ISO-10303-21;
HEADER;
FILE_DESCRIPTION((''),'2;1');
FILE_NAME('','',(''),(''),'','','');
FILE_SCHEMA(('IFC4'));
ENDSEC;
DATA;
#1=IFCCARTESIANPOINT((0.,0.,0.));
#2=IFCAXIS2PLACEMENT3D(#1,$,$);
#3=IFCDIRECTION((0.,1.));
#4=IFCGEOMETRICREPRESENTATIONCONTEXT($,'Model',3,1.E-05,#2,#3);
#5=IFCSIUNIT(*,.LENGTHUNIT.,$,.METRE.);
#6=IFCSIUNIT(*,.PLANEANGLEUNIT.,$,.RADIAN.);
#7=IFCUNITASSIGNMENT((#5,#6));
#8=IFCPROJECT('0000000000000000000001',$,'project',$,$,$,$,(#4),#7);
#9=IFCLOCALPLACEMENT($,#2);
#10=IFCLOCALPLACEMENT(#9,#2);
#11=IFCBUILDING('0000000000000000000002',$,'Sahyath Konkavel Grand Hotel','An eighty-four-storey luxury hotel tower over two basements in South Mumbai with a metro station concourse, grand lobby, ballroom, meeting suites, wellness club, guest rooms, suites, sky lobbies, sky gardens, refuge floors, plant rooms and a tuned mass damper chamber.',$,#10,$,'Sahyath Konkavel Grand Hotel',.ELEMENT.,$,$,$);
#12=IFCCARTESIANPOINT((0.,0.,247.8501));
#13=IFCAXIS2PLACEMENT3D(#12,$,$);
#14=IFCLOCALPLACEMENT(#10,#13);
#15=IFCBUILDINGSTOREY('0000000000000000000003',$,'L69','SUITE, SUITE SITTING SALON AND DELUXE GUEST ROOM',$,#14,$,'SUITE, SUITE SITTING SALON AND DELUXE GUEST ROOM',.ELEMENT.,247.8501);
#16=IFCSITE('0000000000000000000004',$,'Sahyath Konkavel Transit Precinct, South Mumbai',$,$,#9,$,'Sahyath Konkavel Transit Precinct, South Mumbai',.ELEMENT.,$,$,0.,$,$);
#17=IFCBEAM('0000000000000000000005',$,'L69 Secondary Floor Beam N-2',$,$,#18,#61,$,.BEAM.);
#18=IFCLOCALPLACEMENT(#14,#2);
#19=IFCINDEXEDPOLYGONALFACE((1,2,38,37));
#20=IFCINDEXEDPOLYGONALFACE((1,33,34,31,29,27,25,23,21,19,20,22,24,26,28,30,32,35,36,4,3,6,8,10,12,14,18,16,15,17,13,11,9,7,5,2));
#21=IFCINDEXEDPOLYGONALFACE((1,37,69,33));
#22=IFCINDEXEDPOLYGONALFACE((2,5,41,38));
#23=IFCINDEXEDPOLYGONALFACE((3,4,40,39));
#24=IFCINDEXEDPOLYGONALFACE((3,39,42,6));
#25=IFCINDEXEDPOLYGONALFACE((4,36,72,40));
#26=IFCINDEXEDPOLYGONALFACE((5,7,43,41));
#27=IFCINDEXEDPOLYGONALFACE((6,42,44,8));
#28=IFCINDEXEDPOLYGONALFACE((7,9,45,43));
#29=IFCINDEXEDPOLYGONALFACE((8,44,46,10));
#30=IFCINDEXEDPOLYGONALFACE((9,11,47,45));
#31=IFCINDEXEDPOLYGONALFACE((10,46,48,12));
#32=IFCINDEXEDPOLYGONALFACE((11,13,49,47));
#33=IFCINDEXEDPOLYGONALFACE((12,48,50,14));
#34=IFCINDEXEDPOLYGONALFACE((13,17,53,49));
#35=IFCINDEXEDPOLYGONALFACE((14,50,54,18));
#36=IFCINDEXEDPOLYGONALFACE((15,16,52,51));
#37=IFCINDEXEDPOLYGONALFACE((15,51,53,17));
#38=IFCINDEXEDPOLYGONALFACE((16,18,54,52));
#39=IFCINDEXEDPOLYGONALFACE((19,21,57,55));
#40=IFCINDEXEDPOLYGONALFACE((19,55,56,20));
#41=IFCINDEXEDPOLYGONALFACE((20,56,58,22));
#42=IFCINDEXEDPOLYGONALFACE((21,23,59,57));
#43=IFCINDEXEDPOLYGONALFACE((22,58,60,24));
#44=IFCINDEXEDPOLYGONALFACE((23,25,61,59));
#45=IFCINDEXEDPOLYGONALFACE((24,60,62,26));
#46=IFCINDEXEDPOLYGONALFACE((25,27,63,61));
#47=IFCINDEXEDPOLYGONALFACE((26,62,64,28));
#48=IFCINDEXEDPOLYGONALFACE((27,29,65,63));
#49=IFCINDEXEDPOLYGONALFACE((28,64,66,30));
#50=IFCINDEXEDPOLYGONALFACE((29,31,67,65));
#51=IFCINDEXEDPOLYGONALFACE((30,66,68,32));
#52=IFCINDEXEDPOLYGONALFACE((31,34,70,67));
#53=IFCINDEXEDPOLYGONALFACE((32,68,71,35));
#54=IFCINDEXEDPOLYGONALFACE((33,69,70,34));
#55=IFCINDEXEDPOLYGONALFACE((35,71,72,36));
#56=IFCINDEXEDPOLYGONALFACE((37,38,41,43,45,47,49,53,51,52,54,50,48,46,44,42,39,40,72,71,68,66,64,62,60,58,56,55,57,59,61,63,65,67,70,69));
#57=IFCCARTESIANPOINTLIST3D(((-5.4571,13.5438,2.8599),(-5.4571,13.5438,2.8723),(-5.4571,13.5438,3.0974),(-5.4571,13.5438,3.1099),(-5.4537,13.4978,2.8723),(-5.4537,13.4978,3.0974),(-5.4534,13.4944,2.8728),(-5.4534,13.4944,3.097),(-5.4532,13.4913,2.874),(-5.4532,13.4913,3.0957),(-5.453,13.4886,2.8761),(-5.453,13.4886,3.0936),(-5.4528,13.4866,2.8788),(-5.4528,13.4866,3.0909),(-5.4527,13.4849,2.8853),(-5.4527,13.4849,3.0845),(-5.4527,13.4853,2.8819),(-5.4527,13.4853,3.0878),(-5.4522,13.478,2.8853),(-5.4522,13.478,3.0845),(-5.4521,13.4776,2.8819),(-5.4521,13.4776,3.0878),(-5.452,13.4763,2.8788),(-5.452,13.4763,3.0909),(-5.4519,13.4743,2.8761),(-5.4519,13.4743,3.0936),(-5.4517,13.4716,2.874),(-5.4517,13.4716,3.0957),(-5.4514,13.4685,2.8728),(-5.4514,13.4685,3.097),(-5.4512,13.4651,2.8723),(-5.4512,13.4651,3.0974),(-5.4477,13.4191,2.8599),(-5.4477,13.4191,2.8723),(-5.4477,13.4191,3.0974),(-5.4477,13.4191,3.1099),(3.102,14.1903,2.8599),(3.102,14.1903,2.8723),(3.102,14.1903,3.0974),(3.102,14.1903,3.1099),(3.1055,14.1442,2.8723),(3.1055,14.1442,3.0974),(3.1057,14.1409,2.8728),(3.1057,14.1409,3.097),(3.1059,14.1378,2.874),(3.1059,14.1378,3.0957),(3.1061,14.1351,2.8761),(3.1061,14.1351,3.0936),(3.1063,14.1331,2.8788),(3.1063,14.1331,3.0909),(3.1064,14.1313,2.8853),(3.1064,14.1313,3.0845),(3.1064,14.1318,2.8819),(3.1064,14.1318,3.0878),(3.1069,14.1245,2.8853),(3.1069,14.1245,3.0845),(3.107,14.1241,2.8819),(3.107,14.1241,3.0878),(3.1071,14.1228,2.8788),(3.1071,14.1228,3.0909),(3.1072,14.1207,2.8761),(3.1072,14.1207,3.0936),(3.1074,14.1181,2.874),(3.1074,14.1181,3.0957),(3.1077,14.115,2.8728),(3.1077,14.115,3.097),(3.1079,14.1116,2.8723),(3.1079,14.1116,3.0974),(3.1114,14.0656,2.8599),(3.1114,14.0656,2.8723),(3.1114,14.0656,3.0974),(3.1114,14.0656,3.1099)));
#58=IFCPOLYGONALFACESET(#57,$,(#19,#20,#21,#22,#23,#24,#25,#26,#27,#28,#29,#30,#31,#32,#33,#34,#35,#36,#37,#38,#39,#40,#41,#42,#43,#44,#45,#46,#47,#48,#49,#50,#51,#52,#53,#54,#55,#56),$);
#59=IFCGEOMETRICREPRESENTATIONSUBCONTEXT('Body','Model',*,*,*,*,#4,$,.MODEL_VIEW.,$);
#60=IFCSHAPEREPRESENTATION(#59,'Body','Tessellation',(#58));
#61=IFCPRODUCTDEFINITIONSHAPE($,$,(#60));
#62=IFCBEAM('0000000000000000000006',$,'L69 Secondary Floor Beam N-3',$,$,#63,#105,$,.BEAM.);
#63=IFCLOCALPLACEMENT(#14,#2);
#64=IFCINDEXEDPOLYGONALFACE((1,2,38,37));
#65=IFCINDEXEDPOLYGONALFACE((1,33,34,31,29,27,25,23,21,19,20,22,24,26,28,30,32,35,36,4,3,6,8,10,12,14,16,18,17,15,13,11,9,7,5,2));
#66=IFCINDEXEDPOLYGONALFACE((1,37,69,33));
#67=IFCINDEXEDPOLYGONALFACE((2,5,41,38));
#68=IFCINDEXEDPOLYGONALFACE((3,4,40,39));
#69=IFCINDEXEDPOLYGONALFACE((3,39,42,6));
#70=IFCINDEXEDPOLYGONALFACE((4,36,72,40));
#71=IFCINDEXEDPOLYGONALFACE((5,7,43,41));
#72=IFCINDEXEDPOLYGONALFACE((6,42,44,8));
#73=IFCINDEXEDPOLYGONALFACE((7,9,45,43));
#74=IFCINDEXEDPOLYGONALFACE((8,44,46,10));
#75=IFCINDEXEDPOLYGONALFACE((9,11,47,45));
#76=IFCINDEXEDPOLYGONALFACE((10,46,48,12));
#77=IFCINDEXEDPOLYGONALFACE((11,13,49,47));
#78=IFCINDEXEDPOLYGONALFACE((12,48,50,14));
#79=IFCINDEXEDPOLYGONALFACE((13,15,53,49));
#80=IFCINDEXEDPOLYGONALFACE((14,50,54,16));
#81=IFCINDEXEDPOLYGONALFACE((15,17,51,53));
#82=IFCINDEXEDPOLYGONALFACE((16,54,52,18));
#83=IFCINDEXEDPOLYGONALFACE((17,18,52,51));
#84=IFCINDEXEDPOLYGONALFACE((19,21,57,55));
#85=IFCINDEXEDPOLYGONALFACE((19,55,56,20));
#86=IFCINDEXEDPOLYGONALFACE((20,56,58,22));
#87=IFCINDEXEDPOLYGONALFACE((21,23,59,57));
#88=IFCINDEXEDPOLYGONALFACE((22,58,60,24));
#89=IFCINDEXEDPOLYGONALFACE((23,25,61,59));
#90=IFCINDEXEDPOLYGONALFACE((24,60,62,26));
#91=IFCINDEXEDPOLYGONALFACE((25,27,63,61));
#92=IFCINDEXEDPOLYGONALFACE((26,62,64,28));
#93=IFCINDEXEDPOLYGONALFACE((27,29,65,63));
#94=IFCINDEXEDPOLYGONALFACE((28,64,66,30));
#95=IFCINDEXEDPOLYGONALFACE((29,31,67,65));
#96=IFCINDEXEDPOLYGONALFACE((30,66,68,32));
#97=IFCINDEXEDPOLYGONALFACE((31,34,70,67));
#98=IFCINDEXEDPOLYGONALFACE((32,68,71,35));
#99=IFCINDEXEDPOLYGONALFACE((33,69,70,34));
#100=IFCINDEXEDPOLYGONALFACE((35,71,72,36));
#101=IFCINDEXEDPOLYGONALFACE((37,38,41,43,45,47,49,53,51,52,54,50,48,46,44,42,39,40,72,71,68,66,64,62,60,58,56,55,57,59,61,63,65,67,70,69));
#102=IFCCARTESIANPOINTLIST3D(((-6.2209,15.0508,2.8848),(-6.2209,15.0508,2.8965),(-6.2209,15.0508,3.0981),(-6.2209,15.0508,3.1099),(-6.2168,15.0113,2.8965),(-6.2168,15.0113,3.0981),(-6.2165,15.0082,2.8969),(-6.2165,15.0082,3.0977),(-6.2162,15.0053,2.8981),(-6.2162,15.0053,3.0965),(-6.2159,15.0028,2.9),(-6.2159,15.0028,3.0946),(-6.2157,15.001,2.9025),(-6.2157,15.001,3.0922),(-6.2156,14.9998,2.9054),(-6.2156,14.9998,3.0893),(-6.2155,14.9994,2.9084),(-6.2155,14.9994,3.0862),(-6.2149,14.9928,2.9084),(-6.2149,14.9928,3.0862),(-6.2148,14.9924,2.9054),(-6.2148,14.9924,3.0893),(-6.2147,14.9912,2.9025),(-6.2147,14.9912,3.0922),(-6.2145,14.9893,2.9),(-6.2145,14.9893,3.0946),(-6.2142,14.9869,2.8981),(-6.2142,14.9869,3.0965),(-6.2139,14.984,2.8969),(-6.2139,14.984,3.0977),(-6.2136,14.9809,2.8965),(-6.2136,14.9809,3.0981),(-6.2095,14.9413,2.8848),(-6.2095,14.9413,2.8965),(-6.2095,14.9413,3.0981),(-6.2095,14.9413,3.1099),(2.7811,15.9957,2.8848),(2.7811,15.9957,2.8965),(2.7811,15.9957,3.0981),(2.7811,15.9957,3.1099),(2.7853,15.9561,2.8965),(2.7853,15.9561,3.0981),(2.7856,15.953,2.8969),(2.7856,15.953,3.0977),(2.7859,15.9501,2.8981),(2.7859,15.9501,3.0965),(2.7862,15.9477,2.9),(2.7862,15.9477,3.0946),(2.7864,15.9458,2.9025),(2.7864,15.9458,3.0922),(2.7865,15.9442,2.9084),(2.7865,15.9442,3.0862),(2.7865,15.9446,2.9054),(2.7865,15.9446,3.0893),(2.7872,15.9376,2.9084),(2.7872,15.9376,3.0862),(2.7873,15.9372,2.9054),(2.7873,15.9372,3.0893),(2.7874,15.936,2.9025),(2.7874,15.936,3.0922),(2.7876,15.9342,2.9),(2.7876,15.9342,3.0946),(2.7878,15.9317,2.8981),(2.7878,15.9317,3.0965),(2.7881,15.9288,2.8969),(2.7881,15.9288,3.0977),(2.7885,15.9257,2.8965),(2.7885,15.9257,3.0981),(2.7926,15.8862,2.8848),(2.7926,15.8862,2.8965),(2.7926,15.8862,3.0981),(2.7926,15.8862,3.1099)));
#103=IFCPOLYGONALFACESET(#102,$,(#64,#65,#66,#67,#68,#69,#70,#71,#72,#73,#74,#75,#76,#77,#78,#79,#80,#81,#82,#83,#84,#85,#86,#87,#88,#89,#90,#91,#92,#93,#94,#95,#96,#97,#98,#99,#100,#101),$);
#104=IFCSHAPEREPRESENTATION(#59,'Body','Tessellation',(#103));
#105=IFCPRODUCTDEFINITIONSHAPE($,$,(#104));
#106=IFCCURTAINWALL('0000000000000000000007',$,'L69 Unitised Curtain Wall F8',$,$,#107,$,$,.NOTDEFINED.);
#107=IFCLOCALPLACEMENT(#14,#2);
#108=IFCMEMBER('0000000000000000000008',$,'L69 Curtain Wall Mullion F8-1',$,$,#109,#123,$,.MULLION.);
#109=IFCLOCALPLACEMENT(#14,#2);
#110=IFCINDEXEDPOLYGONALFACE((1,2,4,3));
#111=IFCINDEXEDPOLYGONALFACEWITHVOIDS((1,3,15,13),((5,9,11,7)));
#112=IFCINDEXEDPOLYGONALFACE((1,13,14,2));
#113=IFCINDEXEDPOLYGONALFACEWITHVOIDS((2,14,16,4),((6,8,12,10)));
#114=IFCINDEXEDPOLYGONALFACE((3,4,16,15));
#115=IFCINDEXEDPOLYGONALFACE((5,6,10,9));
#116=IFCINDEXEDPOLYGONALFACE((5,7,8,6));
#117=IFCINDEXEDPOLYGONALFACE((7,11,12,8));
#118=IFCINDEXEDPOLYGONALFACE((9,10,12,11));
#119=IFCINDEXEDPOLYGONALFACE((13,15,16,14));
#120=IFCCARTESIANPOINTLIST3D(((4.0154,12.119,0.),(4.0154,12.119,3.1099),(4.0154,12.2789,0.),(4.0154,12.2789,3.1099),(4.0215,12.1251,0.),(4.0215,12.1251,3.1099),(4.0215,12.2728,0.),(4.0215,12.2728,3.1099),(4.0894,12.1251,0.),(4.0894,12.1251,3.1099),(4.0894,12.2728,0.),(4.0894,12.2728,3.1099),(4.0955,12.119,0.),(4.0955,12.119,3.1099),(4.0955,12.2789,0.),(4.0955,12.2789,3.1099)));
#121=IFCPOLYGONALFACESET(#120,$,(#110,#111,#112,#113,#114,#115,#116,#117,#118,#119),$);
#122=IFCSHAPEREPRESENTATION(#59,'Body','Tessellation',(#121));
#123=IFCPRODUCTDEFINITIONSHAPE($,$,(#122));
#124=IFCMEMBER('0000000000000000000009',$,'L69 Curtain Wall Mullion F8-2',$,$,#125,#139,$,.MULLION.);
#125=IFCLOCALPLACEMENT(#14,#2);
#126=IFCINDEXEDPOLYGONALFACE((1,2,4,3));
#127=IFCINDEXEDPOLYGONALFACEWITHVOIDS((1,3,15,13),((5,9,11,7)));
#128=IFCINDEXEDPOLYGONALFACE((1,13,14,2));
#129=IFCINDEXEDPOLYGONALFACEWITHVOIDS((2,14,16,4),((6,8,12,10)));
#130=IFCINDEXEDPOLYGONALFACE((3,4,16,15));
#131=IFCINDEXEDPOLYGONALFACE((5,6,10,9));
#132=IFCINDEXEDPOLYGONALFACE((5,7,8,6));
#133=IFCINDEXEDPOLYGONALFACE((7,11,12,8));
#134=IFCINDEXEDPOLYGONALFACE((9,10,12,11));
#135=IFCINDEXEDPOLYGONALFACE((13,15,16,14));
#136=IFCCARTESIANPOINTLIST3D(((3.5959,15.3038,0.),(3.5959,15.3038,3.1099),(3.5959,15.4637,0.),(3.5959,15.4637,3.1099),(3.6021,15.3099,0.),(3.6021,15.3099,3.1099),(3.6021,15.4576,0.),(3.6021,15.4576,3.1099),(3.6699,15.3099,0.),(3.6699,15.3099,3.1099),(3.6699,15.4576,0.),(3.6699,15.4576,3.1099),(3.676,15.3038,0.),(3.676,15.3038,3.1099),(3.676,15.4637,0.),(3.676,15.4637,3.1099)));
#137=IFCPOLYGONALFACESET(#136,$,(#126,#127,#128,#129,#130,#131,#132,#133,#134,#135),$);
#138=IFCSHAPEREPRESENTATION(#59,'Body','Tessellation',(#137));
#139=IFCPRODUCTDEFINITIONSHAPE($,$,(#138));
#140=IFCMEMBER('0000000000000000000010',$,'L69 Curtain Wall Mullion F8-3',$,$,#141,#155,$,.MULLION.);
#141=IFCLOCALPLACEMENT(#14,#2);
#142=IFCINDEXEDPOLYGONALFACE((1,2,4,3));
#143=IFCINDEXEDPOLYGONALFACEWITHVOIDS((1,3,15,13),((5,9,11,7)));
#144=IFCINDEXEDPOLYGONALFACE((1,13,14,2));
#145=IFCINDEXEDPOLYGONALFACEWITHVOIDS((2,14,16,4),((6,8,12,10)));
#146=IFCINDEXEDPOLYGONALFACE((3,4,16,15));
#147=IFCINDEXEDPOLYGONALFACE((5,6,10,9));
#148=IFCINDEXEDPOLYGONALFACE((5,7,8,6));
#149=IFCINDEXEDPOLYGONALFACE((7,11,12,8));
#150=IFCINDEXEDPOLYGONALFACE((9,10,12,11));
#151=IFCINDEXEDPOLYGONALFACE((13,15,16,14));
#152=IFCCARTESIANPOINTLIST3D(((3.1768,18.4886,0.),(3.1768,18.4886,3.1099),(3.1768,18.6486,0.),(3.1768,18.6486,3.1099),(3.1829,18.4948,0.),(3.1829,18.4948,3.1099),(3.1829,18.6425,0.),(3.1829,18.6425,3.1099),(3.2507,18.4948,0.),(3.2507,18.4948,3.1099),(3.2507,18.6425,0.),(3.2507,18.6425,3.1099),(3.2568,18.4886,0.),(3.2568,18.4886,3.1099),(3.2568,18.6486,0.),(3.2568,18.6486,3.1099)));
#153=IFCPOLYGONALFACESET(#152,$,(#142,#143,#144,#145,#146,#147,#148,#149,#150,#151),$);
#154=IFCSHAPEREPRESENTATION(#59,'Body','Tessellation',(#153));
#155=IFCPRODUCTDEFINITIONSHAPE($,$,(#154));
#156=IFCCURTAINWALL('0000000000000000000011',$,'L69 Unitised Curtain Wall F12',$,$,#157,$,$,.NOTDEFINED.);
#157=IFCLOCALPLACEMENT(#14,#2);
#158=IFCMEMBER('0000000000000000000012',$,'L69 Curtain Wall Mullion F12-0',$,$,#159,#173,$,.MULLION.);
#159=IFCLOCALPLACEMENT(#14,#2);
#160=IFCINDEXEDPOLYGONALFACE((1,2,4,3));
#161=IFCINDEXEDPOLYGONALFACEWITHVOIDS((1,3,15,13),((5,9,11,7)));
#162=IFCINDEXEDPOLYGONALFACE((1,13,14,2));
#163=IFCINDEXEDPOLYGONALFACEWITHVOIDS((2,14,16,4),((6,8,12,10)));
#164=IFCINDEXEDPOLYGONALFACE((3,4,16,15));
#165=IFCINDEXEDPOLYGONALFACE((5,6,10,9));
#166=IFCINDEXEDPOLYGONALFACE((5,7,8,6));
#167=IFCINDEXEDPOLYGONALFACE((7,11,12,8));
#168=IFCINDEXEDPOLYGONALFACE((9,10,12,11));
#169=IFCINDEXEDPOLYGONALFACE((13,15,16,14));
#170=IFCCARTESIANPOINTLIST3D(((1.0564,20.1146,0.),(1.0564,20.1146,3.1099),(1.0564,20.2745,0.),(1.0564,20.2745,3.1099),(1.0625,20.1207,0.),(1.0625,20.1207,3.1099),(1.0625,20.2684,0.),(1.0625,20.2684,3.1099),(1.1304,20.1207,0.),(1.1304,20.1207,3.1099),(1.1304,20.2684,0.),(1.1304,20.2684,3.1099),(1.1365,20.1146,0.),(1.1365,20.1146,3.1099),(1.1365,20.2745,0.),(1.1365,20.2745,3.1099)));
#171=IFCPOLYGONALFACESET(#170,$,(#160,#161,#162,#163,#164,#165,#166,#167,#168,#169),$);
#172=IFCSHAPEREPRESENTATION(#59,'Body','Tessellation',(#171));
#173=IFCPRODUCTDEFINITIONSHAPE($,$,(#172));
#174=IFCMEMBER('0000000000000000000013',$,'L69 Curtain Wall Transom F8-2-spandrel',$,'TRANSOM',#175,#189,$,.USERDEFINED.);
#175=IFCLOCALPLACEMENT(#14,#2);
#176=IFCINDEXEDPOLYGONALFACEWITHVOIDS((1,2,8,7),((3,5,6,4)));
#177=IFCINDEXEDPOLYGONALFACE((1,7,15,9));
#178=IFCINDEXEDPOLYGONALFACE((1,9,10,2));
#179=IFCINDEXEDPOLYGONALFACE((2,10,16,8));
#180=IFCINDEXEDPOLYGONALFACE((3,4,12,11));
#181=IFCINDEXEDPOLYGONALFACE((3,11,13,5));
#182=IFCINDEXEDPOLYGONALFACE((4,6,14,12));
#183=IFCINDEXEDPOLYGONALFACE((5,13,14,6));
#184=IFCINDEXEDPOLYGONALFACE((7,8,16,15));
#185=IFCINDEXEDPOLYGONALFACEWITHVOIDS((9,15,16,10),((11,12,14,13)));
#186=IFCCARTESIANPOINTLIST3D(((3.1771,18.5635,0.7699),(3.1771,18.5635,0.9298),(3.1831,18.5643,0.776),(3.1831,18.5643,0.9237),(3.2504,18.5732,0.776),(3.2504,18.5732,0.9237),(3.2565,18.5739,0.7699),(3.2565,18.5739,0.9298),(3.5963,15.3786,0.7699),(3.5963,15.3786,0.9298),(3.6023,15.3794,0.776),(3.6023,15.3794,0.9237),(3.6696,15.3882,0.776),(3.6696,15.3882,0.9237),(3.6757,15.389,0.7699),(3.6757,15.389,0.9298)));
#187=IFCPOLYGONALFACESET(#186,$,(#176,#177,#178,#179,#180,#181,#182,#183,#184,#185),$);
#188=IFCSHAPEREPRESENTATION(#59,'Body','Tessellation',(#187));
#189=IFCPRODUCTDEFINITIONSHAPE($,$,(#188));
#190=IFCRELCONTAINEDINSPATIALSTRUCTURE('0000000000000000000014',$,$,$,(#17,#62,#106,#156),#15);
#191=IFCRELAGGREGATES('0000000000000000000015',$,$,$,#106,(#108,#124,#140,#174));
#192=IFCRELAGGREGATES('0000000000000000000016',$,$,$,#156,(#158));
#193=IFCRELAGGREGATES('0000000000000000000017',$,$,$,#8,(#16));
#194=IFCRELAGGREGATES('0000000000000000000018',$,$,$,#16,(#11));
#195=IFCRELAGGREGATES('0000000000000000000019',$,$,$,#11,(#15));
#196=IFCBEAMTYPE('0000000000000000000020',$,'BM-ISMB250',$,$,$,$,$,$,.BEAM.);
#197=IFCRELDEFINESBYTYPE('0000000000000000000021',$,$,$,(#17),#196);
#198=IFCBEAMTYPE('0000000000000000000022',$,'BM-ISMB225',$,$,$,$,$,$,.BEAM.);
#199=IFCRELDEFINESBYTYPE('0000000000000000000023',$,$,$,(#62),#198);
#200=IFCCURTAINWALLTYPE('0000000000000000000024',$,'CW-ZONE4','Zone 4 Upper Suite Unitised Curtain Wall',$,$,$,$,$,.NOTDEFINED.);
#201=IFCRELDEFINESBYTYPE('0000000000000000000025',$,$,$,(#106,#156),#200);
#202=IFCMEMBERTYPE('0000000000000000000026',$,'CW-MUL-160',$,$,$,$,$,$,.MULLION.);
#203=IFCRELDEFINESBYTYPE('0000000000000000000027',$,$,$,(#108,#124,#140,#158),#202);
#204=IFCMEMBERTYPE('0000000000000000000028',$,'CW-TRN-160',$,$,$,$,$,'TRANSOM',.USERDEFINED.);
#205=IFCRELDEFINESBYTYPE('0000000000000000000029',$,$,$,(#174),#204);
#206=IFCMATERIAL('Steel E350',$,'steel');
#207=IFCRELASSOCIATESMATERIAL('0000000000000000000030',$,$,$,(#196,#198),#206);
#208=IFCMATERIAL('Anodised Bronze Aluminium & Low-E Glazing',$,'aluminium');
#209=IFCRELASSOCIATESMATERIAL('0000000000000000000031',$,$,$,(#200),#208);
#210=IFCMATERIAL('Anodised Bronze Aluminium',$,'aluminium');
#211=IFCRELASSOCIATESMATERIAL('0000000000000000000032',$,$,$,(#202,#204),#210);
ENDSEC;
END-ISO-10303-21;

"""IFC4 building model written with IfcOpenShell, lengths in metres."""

from ifc_helpers import new_model, si_unit, direction, frame, origin, origin_2d, place, context, subcontext, project, spatial, hollow_rectangle, i_section, extrude, source, transform, mapped, material, material_profile, profile_set, type_object, element, aggregate, save


model = new_model("IFC4")

# Units and contexts
model_context = context("Model", 3, precision=1e-05, world=origin(), true_north=direction((0.0, 1.0)))
body_context = subcontext(model_context, "Body", "Model", "MODEL_VIEW")
ifc_project = project(units=[si_unit("LENGTHUNIT", "METRE"), si_unit("PLANEANGLEUNIT", "RADIAN")], contexts=[model_context])

# Site, building, storey
site_placement = place(None, origin())
site = spatial("IfcSite", under=ifc_project, at=site_placement, Name="Sahyath Konkavel Transit Precinct, South Mumbai", LongName="Sahyath Konkavel Transit Precinct, South Mumbai", CompositionType="ELEMENT", RefElevation=0.0)
building_placement = place(site_placement, origin())
building = spatial("IfcBuilding", under=site, at=building_placement, Name="Sahyath Konkavel Grand Hotel", Description="An eighty-four-storey luxury hotel tower over two basements in South Mumbai with a metro station concourse, grand lobby, ballroom, meeting suites, wellness club, guest rooms, suites, sky lobbies, sky gardens, refuge floors, plant rooms and a tuned mass damper chamber.", LongName="Sahyath Konkavel Grand Hotel", CompositionType="ELEMENT")
storey_placement = place(building_placement, frame((0.0, 0.0, 247.8501)))
storey = spatial("IfcBuildingStorey", under=building, at=storey_placement, Name="L69", Description="SUITE, SUITE SITTING SALON AND DELUXE GUEST ROOM", LongName="SUITE, SUITE SITTING SALON AND DELUXE GUEST ROOM", CompositionType="ELEMENT", Elevation=247.8501)

# Beams
ifc_material_1 = material(Name="Steel E350", Category="steel")
ifc_material_profile_1 = material_profile(ifc_material_1, i_section(OverallWidth=0.125, OverallDepth=0.25, WebThickness=0.0068, FlangeThickness=0.0125, FilletRadius=0.0129, at=origin_2d()), Name="ISMB 250")
ifc_profile_set_1 = profile_set([ifc_material_profile_1], Name="Steel E350")
beam_type_1 = type_object("IfcBeamType", Name="BM-ISMB250", PredefinedType="BEAM", material=ifc_profile_set_1)
shared_shape_1 = source(origin(), body_context, "Body", "SweptSolid", [
    extrude(i_section(OverallWidth=0.125, OverallDepth=0.25, WebThickness=0.0068, FlangeThickness=0.0125, FilletRadius=0.0129, at=origin_2d()), origin(), (0.0, 0.0, 1.0), 8.5835),
])
beam_1_placement = place(storey_placement, frame((3.1067, 14.1279, 2.9849), z_axis=(-0.99716, -0.075317, 0.0), x_axis=(0.075317, -0.99716, 0.0)))
element("IfcBeam", 1, at=beam_1_placement, inside=storey, type_object=beam_type_1, Name="L69 Secondary Floor Beam N-2", PredefinedType="BEAM", context=body_context, shape_type="MappedRepresentation", body=[
    mapped(shared_shape_1, transform((0.0, 0.0, 0.0), scale=1.0)),
])
ifc_material_profile_2 = material_profile(ifc_material_1, i_section(OverallWidth=0.1101, OverallDepth=0.2251, WebThickness=0.0066, FlangeThickness=0.0117, FilletRadius=0.012, at=origin_2d()), Name="ISMB 225")
ifc_profile_set_2 = profile_set([ifc_material_profile_2], Name="Steel E350")
beam_type_2 = type_object("IfcBeamType", Name="BM-ISMB225", PredefinedType="BEAM", material=ifc_profile_set_2)
shared_shape_2 = source(origin(), body_context, "Body", "SweptSolid", [
    extrude(i_section(OverallWidth=0.1101, OverallDepth=0.2251, WebThickness=0.0066, FlangeThickness=0.0117, FilletRadius=0.012, at=origin_2d()), origin(), (0.0, 0.0, 1.0), 9.0515),
])
beam_2_placement = place(storey_placement, frame((2.7869, 15.9409, 2.9973), z_axis=(-0.994537, -0.104384, 0.0), x_axis=(0.104384, -0.994537, 0.0)))
element("IfcBeam", 2, at=beam_2_placement, inside=storey, type_object=beam_type_2, Name="L69 Secondary Floor Beam N-3", PredefinedType="BEAM", context=body_context, shape_type="MappedRepresentation", body=[
    mapped(shared_shape_2, transform((0.0, 0.0, 0.0), scale=1.0)),
])

# Curtain wall, members
ifc_material_2 = material(Name="Anodised Bronze Aluminium & Low-E Glazing", Category="aluminium")
curtain_wall_type = type_object("IfcCurtainWallType", Name="CW-ZONE4", Description="Zone 4 Upper Suite Unitised Curtain Wall", PredefinedType="NOTDEFINED", material=ifc_material_2)
curtain_wall_1_placement = place(storey_placement, origin())
curtain_wall_1 = element("IfcCurtainWall", 3, at=curtain_wall_1_placement, inside=storey, type_object=curtain_wall_type, Name="L69 Unitised Curtain Wall F8", PredefinedType="NOTDEFINED")
ifc_material_3 = material(Name="Anodised Bronze Aluminium", Category="aluminium")
ifc_material_profile_3 = material_profile(ifc_material_3, hollow_rectangle(XDim=0.0801, YDim=0.1599, WallThickness=0.0061, at=origin_2d()), Name="RHS 160x80x6")
ifc_profile_set_3 = profile_set([ifc_material_profile_3], Name="Anodised Bronze Aluminium")
member_type_1 = type_object("IfcMemberType", Name="CW-MUL-160", PredefinedType="MULLION", material=ifc_profile_set_3)
shared_shape_3 = source(origin(), body_context, "Body", "SweptSolid", [
    extrude(hollow_rectangle(XDim=0.0801, YDim=0.1599, WallThickness=0.0061, at=origin_2d()), origin(), (0.0, 0.0, 1.0), 3.1099),
])
member_1_placement = place(storey_placement, frame((4.0554, 12.199, 0.0), z_axis=(0.0, 0.0, 1.0), x_axis=(1.0, 0.0, 0.0)))
member_1 = element("IfcMember", 4, at=member_1_placement, type_object=member_type_1, Name="L69 Curtain Wall Mullion F8-1", PredefinedType="MULLION", context=body_context, shape_type="MappedRepresentation", body=[
    mapped(shared_shape_3, transform((0.0, 0.0, 0.0), scale=1.0)),
])
member_2_placement = place(storey_placement, frame((3.636, 15.3838, 0.0), z_axis=(0.0, 0.0, 1.0), x_axis=(1.0, 0.0, 0.0)))
member_2 = element("IfcMember", 5, at=member_2_placement, type_object=member_type_1, Name="L69 Curtain Wall Mullion F8-2", PredefinedType="MULLION", context=body_context, shape_type="MappedRepresentation", body=[
    mapped(shared_shape_3, transform((0.0, 0.0, 0.0), scale=1.0)),
])
member_3_placement = place(storey_placement, frame((3.2168, 18.5686, 0.0), z_axis=(0.0, 0.0, 1.0), x_axis=(1.0, 0.0, 0.0)))
member_3 = element("IfcMember", 6, at=member_3_placement, type_object=member_type_1, Name="L69 Curtain Wall Mullion F8-3", PredefinedType="MULLION", context=body_context, shape_type="MappedRepresentation", body=[
    mapped(shared_shape_3, transform((0.0, 0.0, 0.0), scale=1.0)),
])

# Curtain wall, member
curtain_wall_2_placement = place(storey_placement, origin())
curtain_wall_2 = element("IfcCurtainWall", 7, at=curtain_wall_2_placement, inside=storey, type_object=curtain_wall_type, Name="L69 Unitised Curtain Wall F12", PredefinedType="NOTDEFINED")
member_4_placement = place(storey_placement, frame((1.0964, 20.1946, 0.0), z_axis=(0.0, 0.0, 1.0), x_axis=(1.0, 0.0, 0.0)))
member_4 = element("IfcMember", 8, at=member_4_placement, type_object=member_type_1, Name="L69 Curtain Wall Mullion F12-0", PredefinedType="MULLION", context=body_context, shape_type="MappedRepresentation", body=[
    mapped(shared_shape_3, transform((0.0, 0.0, 0.0), scale=1.0)),
])

# Member
ifc_material_profile_4 = material_profile(ifc_material_3, hollow_rectangle(XDim=0.0801, YDim=0.1599, WallThickness=0.0061, at=origin_2d()), Name="RHS 160x80x6")
ifc_profile_set_4 = profile_set([ifc_material_profile_4], Name="Anodised Bronze Aluminium")
member_type_2 = type_object("IfcMemberType", Name="CW-TRN-160", ElementType="TRANSOM", PredefinedType="USERDEFINED", material=ifc_profile_set_4)
shared_shape_4 = source(origin(), body_context, "Body", "SweptSolid", [
    extrude(hollow_rectangle(XDim=0.0801, YDim=0.1599, WallThickness=0.0061, at=origin_2d()), origin(), (0.0, 0.0, 1.0), 3.2124),
])
member_5_placement = place(storey_placement, frame((3.636, 15.3838, 0.8499), z_axis=(-0.130496, 0.991449, 0.0), x_axis=(-0.991449, -0.130496, 0.0)))
member_5 = element("IfcMember", 9, at=member_5_placement, type_object=member_type_2, Name="L69 Curtain Wall Transom F8-2-spandrel", ObjectType="TRANSOM", PredefinedType="USERDEFINED", context=body_context, shape_type="MappedRepresentation", body=[
    mapped(shared_shape_4, transform((0.0, 0.0, 0.0), scale=1.0)),
])

aggregate(curtain_wall_1, [member_1, member_2, member_3, member_5])
aggregate(curtain_wall_2, [member_4])

save(model, "model.ifc")
